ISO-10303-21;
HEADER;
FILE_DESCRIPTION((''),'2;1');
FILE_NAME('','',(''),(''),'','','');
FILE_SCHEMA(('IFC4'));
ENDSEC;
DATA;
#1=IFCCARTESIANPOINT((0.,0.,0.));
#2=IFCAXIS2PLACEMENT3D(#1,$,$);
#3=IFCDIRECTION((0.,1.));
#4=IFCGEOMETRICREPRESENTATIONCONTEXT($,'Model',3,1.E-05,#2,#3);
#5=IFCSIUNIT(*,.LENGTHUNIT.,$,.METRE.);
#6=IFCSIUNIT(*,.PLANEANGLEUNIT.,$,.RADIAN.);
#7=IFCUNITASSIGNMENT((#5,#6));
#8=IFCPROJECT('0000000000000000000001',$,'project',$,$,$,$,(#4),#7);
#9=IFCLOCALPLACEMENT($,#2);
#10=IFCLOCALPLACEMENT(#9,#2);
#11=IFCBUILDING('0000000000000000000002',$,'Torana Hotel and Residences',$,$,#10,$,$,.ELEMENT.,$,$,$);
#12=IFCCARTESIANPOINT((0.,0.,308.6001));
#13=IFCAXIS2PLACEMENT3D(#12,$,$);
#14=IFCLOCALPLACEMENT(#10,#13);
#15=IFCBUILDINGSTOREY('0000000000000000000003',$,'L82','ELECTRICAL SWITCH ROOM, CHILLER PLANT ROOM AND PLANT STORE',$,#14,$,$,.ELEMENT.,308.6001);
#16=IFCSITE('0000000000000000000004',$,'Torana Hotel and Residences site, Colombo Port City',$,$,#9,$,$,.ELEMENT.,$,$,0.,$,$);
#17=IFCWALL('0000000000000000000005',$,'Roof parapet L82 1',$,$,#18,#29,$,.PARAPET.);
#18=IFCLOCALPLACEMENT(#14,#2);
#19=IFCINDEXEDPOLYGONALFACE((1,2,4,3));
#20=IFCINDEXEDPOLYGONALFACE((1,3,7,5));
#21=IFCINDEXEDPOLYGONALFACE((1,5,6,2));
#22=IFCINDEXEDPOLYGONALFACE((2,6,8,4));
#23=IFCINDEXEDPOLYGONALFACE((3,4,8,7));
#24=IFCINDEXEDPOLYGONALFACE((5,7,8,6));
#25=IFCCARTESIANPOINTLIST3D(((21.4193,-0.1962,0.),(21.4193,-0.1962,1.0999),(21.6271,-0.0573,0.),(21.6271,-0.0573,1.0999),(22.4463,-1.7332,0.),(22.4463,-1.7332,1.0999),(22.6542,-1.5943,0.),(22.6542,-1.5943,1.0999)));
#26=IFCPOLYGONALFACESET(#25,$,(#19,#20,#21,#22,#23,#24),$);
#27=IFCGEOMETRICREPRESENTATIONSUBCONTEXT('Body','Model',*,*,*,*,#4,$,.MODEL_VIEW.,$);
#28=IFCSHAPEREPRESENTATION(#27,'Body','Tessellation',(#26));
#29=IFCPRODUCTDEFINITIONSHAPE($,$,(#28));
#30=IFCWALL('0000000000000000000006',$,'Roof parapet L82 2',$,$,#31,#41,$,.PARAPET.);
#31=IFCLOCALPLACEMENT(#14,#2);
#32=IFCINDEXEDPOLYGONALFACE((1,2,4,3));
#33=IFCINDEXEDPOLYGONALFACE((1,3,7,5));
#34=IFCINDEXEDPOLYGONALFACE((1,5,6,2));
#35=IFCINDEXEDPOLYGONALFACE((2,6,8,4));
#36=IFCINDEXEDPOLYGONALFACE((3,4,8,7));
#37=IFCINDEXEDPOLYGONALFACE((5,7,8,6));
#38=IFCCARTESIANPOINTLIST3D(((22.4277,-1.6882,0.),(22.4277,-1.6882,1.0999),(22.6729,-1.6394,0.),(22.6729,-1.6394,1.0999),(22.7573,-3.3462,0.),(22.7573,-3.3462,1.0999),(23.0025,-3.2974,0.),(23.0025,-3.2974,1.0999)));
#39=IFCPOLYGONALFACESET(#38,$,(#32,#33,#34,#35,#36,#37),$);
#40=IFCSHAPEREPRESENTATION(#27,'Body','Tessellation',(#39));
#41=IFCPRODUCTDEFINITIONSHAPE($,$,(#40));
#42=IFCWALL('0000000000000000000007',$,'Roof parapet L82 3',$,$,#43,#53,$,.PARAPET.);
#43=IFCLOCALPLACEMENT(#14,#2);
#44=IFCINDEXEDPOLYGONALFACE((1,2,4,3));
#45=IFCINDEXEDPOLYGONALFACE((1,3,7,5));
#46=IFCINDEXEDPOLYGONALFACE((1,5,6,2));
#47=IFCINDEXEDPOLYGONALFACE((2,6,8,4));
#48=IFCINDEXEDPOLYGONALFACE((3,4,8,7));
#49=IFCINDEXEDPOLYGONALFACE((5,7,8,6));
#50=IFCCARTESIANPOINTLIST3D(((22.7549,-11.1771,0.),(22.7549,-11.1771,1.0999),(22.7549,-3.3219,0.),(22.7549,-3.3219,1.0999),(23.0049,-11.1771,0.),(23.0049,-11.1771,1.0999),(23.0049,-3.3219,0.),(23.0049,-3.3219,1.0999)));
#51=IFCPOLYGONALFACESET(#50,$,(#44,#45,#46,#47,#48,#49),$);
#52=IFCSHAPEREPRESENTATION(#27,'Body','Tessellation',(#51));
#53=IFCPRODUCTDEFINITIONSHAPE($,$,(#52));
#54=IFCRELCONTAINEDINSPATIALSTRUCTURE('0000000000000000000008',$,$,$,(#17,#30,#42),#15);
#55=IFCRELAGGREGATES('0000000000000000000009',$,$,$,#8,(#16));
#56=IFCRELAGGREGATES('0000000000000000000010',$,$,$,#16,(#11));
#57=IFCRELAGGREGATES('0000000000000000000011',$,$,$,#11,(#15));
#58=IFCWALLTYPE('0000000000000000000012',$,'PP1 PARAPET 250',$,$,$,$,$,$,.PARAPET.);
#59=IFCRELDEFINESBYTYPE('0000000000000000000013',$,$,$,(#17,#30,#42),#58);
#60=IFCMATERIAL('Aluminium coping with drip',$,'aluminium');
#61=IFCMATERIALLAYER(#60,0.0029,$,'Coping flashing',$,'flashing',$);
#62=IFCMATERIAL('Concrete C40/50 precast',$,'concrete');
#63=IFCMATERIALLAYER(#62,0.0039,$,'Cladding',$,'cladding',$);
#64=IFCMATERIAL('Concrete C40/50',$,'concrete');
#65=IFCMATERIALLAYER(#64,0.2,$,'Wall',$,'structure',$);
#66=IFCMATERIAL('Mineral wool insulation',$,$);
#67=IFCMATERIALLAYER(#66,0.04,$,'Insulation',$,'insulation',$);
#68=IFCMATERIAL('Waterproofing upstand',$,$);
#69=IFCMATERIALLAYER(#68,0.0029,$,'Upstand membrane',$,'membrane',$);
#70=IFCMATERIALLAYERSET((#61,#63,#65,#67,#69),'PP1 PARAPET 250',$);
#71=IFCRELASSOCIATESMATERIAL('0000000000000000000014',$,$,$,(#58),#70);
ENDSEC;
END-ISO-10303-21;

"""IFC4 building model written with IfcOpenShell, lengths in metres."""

from ifc_helpers import new_model, si_unit, direction, frame, frame_2d, origin, place, context, subcontext, project, spatial, rectangle, extrude, material, layer, layer_set, type_object, element, save


model = new_model("IFC4")

# Units and contexts
model_context = context("Model", 3, precision=1e-05, world=origin(), true_north=direction((0.0, 1.0)))
body_context = subcontext(model_context, "Body", "Model", "MODEL_VIEW")
ifc_project = project(units=[si_unit("LENGTHUNIT", "METRE"), si_unit("PLANEANGLEUNIT", "RADIAN")], contexts=[model_context])

# Site, building, storey
site_placement = place(None, origin())
site = spatial("IfcSite", under=ifc_project, at=site_placement, Name="Torana Hotel and Residences site, Colombo Port City", CompositionType="ELEMENT", RefElevation=0.0)
building_placement = place(site_placement, origin())
building = spatial("IfcBuilding", under=site, at=building_placement, Name="Torana Hotel and Residences", CompositionType="ELEMENT")
storey_placement = place(building_placement, frame((0.0, 0.0, 308.6001)))
storey = spatial("IfcBuildingStorey", under=building, at=storey_placement, Name="L82", Description="ELECTRICAL SWITCH ROOM, CHILLER PLANT ROOM AND PLANT STORE", CompositionType="ELEMENT", Elevation=308.6001)

# Walls
ifc_material_1 = material(Name="Aluminium coping with drip", Category="aluminium")
ifc_layer_1 = layer(ifc_material_1, 0.0029, Name="Coping flashing", Category="flashing")
ifc_material_2 = material(Name="Concrete C40/50 precast", Category="concrete")
ifc_layer_2 = layer(ifc_material_2, 0.0039, Name="Cladding", Category="cladding")
ifc_material_3 = material(Name="Concrete C40/50", Category="concrete")
ifc_layer_3 = layer(ifc_material_3, 0.2, Name="Wall", Category="structure")
ifc_material_4 = material(Name="Mineral wool insulation")
ifc_layer_4 = layer(ifc_material_4, 0.04, Name="Insulation", Category="insulation")
ifc_material_5 = material(Name="Waterproofing upstand")
ifc_layer_5 = layer(ifc_material_5, 0.0029, Name="Upstand membrane", Category="membrane")
ifc_layer_set_1 = layer_set([ifc_layer_1, ifc_layer_2, ifc_layer_3, ifc_layer_4, ifc_layer_5], Name="PP1 PARAPET 250")
wall_type_1 = type_object("IfcWallType", Name="PP1 PARAPET 250", PredefinedType="PARAPET", material=ifc_layer_set_1)
wall_1_placement = place(storey_placement, frame((21.5232, -0.1267, 0.0), z_axis=(0.0, 0.0, 1.0), x_axis=(0.555584, -0.831461, 0.0)))
element("IfcWall", 1, at=wall_1_placement, inside=storey, type_object=wall_type_1, Name="Roof parapet L82 1", PredefinedType="PARAPET", context=body_context, shape_type="SweptSolid", body=[
    extrude(rectangle(XDim=1.8486, YDim=0.25, at=frame_2d((0.9243, 0.0))), origin(), (0.0, 0.0, 1.0), 1.0999),
])
wall_2_placement = place(storey_placement, frame((22.5503, -1.6638, 0.0), z_axis=(0.0, 0.0, 1.0), x_axis=(0.194977, -0.980808, 0.0)))
element("IfcWall", 2, at=wall_2_placement, inside=storey, type_object=wall_type_1, Name="Roof parapet L82 2", PredefinedType="PARAPET", context=body_context, shape_type="SweptSolid", body=[
    extrude(rectangle(XDim=1.6904, YDim=0.25, at=frame_2d((0.8452, 0.0))), origin(), (0.0, 0.0, 1.0), 1.0999),
])
wall_3_placement = place(storey_placement, frame((22.8799, -3.3218, 0.0), z_axis=(0.0, 0.0, 1.0), x_axis=(0.0, -1.0, 0.0)))
element("IfcWall", 3, at=wall_3_placement, inside=storey, type_object=wall_type_1, Name="Roof parapet L82 3", PredefinedType="PARAPET", context=body_context, shape_type="SweptSolid", body=[
    extrude(rectangle(XDim=7.8552, YDim=0.25, at=frame_2d((3.9277, 0.0))), origin(), (0.0, 0.0, 1.0), 1.0999),
])

save(model, "model.ifc")
